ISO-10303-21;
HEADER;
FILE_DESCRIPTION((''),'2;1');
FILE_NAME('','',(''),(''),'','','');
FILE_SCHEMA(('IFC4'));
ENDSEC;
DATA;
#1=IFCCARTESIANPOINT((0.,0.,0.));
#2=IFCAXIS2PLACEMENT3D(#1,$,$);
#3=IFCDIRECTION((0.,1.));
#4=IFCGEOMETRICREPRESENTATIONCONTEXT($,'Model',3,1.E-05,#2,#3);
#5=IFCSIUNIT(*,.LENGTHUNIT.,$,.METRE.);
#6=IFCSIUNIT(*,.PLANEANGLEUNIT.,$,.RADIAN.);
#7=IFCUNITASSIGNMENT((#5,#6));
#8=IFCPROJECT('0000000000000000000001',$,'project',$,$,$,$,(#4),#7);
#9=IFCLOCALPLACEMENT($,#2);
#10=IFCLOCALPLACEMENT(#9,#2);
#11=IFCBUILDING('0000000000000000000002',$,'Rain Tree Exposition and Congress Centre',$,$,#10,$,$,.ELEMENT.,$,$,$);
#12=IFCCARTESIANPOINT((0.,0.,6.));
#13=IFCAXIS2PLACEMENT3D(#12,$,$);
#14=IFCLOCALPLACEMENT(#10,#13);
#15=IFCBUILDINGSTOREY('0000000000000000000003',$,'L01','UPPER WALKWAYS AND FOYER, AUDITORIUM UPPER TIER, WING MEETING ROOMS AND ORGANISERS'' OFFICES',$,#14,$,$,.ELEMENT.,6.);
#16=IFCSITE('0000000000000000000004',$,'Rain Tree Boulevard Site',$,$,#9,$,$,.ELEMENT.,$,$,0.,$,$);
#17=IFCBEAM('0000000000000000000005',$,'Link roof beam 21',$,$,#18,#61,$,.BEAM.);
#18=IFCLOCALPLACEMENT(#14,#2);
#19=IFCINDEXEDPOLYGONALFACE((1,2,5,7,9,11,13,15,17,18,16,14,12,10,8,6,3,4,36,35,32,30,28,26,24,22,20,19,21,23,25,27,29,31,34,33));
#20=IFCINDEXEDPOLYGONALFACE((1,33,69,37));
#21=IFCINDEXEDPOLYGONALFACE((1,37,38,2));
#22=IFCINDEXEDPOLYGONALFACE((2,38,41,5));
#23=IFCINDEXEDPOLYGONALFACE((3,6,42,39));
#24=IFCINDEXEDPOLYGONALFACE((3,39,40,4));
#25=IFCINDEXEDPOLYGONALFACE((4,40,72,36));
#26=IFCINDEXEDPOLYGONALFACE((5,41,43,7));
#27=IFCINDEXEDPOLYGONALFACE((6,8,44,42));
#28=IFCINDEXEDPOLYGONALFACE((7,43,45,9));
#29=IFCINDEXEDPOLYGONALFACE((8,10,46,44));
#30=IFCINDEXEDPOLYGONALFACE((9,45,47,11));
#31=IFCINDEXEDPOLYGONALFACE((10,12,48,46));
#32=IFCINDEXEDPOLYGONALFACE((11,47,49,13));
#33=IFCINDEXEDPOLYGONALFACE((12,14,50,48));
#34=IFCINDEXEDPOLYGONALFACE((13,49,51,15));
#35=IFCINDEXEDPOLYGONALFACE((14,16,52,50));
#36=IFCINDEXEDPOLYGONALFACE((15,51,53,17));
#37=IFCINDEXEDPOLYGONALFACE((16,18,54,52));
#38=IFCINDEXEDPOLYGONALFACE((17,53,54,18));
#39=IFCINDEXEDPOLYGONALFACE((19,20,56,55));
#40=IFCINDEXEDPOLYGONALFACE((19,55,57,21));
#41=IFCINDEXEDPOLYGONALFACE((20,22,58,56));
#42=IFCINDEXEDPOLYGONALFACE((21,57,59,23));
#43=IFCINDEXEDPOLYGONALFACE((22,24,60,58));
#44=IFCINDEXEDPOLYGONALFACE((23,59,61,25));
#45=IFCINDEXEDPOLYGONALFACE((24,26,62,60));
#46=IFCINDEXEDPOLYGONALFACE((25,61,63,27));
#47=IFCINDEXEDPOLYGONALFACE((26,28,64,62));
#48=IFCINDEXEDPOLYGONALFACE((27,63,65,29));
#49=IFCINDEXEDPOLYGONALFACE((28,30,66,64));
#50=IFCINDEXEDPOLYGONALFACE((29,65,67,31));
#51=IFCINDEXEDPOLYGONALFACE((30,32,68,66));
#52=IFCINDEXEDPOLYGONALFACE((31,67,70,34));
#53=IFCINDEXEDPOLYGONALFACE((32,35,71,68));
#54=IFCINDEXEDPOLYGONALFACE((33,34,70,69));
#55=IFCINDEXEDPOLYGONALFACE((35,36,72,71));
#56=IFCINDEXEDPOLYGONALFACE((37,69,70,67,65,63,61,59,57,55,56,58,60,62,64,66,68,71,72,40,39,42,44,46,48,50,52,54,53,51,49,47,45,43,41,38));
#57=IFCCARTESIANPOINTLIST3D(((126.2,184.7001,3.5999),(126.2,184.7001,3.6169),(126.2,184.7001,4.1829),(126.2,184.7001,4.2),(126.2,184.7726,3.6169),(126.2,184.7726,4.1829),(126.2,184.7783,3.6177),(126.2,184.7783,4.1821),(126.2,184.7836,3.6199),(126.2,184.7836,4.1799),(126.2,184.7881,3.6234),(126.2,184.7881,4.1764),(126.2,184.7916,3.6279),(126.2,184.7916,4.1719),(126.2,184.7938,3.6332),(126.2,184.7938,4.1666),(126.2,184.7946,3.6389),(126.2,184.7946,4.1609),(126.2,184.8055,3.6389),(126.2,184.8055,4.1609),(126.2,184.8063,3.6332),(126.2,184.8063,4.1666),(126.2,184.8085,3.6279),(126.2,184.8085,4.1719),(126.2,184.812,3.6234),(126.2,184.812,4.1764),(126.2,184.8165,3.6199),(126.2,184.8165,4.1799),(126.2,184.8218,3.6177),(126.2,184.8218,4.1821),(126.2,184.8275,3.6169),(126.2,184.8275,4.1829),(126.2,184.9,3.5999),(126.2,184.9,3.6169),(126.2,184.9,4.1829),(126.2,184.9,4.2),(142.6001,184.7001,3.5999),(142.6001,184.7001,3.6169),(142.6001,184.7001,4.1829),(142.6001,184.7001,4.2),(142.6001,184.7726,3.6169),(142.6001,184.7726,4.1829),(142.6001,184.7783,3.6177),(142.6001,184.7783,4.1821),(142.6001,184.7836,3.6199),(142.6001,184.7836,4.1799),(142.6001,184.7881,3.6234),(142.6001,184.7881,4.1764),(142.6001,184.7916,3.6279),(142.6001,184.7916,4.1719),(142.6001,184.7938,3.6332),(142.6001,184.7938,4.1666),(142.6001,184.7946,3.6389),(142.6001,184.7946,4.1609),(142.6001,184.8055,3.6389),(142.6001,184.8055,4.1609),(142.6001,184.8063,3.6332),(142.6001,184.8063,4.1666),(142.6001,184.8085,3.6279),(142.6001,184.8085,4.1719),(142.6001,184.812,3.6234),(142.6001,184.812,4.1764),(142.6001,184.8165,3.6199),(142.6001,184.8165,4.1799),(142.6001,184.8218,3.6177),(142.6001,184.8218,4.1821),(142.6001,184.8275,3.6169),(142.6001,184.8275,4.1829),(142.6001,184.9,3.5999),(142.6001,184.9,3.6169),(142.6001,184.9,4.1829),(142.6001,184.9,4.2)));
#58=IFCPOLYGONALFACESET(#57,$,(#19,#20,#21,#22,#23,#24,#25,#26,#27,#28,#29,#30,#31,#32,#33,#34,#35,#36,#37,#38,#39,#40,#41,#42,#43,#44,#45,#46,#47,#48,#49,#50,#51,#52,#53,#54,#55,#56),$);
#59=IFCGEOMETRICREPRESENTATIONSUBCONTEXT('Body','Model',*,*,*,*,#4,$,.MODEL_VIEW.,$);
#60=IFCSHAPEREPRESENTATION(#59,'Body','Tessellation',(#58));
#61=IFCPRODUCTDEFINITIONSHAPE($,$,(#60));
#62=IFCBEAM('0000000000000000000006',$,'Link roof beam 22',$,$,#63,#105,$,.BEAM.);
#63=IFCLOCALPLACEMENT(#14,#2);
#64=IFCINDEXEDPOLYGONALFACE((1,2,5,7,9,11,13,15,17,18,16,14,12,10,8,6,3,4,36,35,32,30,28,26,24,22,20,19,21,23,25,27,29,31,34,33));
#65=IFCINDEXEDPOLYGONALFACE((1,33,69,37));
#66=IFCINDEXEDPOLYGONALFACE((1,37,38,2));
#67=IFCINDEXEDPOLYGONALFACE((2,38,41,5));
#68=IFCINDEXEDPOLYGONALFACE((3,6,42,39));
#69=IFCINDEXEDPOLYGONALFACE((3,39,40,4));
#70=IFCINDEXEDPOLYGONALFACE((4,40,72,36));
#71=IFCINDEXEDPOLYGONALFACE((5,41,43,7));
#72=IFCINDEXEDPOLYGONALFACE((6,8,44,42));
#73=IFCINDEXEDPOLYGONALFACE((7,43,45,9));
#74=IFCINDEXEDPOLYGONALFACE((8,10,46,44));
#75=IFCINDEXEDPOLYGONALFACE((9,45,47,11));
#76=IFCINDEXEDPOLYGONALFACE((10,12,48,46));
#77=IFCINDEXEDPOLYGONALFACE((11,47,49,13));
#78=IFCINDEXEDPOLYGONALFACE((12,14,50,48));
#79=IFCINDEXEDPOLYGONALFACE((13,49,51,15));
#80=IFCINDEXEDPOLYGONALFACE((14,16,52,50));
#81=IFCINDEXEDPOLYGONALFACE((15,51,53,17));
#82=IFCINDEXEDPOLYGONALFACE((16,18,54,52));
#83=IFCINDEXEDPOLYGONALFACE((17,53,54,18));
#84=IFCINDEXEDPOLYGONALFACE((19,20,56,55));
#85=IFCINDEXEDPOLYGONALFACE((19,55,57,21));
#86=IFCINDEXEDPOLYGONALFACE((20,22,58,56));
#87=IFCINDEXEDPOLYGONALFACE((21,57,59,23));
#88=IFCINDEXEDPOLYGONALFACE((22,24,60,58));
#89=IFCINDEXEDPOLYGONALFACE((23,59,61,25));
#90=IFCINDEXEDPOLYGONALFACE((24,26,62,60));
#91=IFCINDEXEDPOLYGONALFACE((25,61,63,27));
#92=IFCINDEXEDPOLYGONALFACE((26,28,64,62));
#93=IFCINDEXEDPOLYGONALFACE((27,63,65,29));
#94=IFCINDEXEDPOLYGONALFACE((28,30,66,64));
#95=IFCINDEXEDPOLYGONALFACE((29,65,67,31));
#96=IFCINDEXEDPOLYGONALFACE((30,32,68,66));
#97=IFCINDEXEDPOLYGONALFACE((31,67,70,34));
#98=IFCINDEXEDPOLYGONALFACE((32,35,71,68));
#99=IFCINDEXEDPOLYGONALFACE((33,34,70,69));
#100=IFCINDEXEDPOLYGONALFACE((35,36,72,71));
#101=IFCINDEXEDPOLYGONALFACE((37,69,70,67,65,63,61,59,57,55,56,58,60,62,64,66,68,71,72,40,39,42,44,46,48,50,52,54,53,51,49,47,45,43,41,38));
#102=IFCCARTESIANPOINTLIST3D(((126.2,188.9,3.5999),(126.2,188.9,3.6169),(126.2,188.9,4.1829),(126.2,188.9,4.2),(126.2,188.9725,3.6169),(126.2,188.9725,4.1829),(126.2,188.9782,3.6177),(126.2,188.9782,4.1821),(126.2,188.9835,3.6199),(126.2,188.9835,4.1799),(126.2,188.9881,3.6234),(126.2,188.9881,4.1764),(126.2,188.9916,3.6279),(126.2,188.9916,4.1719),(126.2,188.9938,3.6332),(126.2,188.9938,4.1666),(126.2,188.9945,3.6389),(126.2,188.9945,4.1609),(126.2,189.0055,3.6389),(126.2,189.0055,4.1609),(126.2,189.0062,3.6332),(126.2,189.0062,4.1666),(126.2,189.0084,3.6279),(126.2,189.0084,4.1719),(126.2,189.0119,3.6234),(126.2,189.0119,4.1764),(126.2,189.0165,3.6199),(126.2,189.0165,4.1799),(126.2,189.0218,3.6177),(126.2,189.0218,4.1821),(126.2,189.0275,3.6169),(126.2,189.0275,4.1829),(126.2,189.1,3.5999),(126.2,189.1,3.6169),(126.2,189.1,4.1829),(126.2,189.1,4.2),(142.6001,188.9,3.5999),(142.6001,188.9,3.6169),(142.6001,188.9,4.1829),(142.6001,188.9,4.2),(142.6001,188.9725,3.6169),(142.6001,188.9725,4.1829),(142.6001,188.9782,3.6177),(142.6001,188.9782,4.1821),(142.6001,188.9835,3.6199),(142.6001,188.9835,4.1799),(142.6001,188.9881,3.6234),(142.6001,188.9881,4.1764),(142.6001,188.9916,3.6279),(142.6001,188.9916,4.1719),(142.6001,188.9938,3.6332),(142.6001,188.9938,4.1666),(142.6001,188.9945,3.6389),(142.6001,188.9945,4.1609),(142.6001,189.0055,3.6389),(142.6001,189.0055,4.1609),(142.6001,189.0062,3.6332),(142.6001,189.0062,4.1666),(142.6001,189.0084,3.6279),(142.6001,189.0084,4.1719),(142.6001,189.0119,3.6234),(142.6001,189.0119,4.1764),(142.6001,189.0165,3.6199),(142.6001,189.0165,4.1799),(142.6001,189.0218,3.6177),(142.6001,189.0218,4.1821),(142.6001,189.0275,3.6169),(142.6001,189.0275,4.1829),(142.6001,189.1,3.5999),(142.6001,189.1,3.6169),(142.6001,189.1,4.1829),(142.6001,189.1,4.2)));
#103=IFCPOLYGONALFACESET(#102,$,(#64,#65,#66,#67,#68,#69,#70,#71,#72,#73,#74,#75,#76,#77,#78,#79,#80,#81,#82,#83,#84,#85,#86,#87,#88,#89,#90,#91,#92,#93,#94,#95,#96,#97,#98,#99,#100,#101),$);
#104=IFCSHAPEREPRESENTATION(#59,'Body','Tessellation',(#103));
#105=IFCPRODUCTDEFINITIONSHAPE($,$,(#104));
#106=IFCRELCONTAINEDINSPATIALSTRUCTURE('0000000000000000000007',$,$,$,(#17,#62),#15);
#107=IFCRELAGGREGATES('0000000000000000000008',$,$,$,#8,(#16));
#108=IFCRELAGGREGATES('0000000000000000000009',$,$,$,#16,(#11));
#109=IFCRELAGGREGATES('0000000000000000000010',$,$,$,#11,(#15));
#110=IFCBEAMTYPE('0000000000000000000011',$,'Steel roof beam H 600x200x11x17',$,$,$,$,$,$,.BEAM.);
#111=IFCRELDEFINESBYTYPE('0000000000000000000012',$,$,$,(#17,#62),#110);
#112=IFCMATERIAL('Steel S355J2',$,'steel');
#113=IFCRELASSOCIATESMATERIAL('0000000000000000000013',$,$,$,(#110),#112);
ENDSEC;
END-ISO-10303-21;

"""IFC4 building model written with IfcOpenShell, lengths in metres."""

from ifc_helpers import new_model, si_unit, direction, frame, origin, origin_2d, place, context, subcontext, project, spatial, i_section, extrude, material, material_profile, profile_set, type_object, element, save


model = new_model("IFC4")

# Units and contexts
model_context = context("Model", 3, precision=1e-05, world=origin(), true_north=direction((0.0, 1.0)))
body_context = subcontext(model_context, "Body", "Model", "MODEL_VIEW")
ifc_project = project(units=[si_unit("LENGTHUNIT", "METRE"), si_unit("PLANEANGLEUNIT", "RADIAN")], contexts=[model_context])

# Site, building, storey
site_placement = place(None, origin())
site = spatial("IfcSite", under=ifc_project, at=site_placement, Name="Rain Tree Boulevard Site", CompositionType="ELEMENT", RefElevation=0.0)
building_placement = place(site_placement, origin())
building = spatial("IfcBuilding", under=site, at=building_placement, Name="Rain Tree Exposition and Congress Centre", CompositionType="ELEMENT")
storey_placement = place(building_placement, frame((0.0, 0.0, 6.0)))
storey = spatial("IfcBuildingStorey", under=building, at=storey_placement, Name="L01", Description="UPPER WALKWAYS AND FOYER, AUDITORIUM UPPER TIER, WING MEETING ROOMS AND ORGANISERS' OFFICES", CompositionType="ELEMENT", Elevation=6.0)

# Beams
ifc_material_1 = material(Name="Steel S355J2", Category="steel")
ifc_material_profile_1 = material_profile(ifc_material_1, i_section(OverallWidth=0.2, OverallDepth=0.6001, WebThickness=0.011, FlangeThickness=0.0171, FilletRadius=0.022, at=origin_2d()), Name="H 600x200x11x17")
ifc_profile_set_1 = profile_set([ifc_material_profile_1], Name="Steel S355J2")
beam_type = type_object("IfcBeamType", Name="Steel roof beam H 600x200x11x17", PredefinedType="BEAM", material=ifc_profile_set_1)
for number, where, z_axis, x_axis, name in (
    (1, (126.2, 184.8, 3.8999), (1.0, 0.0, 0.0), (0.0, 1.0, 0.0), "Link roof beam 21"),
    (2, (126.2, 189.0, 3.8999), (1.0, 0.0, 0.0), (0.0, 1.0, 0.0), "Link roof beam 22"),
):
    element("IfcBeam", number, at=place(storey_placement, frame(where, z_axis=z_axis, x_axis=x_axis)), inside=storey, type_object=beam_type, Name=name, PredefinedType="BEAM", context=body_context, shape_type="SweptSolid", body=[
        extrude(i_section(OverallWidth=0.2, OverallDepth=0.6001, WebThickness=0.011, FlangeThickness=0.0171, FilletRadius=0.022, at=origin_2d()), origin(), (0.0, 0.0, 1.0), 16.4001),
    ])

save(model, "model.ifc")
